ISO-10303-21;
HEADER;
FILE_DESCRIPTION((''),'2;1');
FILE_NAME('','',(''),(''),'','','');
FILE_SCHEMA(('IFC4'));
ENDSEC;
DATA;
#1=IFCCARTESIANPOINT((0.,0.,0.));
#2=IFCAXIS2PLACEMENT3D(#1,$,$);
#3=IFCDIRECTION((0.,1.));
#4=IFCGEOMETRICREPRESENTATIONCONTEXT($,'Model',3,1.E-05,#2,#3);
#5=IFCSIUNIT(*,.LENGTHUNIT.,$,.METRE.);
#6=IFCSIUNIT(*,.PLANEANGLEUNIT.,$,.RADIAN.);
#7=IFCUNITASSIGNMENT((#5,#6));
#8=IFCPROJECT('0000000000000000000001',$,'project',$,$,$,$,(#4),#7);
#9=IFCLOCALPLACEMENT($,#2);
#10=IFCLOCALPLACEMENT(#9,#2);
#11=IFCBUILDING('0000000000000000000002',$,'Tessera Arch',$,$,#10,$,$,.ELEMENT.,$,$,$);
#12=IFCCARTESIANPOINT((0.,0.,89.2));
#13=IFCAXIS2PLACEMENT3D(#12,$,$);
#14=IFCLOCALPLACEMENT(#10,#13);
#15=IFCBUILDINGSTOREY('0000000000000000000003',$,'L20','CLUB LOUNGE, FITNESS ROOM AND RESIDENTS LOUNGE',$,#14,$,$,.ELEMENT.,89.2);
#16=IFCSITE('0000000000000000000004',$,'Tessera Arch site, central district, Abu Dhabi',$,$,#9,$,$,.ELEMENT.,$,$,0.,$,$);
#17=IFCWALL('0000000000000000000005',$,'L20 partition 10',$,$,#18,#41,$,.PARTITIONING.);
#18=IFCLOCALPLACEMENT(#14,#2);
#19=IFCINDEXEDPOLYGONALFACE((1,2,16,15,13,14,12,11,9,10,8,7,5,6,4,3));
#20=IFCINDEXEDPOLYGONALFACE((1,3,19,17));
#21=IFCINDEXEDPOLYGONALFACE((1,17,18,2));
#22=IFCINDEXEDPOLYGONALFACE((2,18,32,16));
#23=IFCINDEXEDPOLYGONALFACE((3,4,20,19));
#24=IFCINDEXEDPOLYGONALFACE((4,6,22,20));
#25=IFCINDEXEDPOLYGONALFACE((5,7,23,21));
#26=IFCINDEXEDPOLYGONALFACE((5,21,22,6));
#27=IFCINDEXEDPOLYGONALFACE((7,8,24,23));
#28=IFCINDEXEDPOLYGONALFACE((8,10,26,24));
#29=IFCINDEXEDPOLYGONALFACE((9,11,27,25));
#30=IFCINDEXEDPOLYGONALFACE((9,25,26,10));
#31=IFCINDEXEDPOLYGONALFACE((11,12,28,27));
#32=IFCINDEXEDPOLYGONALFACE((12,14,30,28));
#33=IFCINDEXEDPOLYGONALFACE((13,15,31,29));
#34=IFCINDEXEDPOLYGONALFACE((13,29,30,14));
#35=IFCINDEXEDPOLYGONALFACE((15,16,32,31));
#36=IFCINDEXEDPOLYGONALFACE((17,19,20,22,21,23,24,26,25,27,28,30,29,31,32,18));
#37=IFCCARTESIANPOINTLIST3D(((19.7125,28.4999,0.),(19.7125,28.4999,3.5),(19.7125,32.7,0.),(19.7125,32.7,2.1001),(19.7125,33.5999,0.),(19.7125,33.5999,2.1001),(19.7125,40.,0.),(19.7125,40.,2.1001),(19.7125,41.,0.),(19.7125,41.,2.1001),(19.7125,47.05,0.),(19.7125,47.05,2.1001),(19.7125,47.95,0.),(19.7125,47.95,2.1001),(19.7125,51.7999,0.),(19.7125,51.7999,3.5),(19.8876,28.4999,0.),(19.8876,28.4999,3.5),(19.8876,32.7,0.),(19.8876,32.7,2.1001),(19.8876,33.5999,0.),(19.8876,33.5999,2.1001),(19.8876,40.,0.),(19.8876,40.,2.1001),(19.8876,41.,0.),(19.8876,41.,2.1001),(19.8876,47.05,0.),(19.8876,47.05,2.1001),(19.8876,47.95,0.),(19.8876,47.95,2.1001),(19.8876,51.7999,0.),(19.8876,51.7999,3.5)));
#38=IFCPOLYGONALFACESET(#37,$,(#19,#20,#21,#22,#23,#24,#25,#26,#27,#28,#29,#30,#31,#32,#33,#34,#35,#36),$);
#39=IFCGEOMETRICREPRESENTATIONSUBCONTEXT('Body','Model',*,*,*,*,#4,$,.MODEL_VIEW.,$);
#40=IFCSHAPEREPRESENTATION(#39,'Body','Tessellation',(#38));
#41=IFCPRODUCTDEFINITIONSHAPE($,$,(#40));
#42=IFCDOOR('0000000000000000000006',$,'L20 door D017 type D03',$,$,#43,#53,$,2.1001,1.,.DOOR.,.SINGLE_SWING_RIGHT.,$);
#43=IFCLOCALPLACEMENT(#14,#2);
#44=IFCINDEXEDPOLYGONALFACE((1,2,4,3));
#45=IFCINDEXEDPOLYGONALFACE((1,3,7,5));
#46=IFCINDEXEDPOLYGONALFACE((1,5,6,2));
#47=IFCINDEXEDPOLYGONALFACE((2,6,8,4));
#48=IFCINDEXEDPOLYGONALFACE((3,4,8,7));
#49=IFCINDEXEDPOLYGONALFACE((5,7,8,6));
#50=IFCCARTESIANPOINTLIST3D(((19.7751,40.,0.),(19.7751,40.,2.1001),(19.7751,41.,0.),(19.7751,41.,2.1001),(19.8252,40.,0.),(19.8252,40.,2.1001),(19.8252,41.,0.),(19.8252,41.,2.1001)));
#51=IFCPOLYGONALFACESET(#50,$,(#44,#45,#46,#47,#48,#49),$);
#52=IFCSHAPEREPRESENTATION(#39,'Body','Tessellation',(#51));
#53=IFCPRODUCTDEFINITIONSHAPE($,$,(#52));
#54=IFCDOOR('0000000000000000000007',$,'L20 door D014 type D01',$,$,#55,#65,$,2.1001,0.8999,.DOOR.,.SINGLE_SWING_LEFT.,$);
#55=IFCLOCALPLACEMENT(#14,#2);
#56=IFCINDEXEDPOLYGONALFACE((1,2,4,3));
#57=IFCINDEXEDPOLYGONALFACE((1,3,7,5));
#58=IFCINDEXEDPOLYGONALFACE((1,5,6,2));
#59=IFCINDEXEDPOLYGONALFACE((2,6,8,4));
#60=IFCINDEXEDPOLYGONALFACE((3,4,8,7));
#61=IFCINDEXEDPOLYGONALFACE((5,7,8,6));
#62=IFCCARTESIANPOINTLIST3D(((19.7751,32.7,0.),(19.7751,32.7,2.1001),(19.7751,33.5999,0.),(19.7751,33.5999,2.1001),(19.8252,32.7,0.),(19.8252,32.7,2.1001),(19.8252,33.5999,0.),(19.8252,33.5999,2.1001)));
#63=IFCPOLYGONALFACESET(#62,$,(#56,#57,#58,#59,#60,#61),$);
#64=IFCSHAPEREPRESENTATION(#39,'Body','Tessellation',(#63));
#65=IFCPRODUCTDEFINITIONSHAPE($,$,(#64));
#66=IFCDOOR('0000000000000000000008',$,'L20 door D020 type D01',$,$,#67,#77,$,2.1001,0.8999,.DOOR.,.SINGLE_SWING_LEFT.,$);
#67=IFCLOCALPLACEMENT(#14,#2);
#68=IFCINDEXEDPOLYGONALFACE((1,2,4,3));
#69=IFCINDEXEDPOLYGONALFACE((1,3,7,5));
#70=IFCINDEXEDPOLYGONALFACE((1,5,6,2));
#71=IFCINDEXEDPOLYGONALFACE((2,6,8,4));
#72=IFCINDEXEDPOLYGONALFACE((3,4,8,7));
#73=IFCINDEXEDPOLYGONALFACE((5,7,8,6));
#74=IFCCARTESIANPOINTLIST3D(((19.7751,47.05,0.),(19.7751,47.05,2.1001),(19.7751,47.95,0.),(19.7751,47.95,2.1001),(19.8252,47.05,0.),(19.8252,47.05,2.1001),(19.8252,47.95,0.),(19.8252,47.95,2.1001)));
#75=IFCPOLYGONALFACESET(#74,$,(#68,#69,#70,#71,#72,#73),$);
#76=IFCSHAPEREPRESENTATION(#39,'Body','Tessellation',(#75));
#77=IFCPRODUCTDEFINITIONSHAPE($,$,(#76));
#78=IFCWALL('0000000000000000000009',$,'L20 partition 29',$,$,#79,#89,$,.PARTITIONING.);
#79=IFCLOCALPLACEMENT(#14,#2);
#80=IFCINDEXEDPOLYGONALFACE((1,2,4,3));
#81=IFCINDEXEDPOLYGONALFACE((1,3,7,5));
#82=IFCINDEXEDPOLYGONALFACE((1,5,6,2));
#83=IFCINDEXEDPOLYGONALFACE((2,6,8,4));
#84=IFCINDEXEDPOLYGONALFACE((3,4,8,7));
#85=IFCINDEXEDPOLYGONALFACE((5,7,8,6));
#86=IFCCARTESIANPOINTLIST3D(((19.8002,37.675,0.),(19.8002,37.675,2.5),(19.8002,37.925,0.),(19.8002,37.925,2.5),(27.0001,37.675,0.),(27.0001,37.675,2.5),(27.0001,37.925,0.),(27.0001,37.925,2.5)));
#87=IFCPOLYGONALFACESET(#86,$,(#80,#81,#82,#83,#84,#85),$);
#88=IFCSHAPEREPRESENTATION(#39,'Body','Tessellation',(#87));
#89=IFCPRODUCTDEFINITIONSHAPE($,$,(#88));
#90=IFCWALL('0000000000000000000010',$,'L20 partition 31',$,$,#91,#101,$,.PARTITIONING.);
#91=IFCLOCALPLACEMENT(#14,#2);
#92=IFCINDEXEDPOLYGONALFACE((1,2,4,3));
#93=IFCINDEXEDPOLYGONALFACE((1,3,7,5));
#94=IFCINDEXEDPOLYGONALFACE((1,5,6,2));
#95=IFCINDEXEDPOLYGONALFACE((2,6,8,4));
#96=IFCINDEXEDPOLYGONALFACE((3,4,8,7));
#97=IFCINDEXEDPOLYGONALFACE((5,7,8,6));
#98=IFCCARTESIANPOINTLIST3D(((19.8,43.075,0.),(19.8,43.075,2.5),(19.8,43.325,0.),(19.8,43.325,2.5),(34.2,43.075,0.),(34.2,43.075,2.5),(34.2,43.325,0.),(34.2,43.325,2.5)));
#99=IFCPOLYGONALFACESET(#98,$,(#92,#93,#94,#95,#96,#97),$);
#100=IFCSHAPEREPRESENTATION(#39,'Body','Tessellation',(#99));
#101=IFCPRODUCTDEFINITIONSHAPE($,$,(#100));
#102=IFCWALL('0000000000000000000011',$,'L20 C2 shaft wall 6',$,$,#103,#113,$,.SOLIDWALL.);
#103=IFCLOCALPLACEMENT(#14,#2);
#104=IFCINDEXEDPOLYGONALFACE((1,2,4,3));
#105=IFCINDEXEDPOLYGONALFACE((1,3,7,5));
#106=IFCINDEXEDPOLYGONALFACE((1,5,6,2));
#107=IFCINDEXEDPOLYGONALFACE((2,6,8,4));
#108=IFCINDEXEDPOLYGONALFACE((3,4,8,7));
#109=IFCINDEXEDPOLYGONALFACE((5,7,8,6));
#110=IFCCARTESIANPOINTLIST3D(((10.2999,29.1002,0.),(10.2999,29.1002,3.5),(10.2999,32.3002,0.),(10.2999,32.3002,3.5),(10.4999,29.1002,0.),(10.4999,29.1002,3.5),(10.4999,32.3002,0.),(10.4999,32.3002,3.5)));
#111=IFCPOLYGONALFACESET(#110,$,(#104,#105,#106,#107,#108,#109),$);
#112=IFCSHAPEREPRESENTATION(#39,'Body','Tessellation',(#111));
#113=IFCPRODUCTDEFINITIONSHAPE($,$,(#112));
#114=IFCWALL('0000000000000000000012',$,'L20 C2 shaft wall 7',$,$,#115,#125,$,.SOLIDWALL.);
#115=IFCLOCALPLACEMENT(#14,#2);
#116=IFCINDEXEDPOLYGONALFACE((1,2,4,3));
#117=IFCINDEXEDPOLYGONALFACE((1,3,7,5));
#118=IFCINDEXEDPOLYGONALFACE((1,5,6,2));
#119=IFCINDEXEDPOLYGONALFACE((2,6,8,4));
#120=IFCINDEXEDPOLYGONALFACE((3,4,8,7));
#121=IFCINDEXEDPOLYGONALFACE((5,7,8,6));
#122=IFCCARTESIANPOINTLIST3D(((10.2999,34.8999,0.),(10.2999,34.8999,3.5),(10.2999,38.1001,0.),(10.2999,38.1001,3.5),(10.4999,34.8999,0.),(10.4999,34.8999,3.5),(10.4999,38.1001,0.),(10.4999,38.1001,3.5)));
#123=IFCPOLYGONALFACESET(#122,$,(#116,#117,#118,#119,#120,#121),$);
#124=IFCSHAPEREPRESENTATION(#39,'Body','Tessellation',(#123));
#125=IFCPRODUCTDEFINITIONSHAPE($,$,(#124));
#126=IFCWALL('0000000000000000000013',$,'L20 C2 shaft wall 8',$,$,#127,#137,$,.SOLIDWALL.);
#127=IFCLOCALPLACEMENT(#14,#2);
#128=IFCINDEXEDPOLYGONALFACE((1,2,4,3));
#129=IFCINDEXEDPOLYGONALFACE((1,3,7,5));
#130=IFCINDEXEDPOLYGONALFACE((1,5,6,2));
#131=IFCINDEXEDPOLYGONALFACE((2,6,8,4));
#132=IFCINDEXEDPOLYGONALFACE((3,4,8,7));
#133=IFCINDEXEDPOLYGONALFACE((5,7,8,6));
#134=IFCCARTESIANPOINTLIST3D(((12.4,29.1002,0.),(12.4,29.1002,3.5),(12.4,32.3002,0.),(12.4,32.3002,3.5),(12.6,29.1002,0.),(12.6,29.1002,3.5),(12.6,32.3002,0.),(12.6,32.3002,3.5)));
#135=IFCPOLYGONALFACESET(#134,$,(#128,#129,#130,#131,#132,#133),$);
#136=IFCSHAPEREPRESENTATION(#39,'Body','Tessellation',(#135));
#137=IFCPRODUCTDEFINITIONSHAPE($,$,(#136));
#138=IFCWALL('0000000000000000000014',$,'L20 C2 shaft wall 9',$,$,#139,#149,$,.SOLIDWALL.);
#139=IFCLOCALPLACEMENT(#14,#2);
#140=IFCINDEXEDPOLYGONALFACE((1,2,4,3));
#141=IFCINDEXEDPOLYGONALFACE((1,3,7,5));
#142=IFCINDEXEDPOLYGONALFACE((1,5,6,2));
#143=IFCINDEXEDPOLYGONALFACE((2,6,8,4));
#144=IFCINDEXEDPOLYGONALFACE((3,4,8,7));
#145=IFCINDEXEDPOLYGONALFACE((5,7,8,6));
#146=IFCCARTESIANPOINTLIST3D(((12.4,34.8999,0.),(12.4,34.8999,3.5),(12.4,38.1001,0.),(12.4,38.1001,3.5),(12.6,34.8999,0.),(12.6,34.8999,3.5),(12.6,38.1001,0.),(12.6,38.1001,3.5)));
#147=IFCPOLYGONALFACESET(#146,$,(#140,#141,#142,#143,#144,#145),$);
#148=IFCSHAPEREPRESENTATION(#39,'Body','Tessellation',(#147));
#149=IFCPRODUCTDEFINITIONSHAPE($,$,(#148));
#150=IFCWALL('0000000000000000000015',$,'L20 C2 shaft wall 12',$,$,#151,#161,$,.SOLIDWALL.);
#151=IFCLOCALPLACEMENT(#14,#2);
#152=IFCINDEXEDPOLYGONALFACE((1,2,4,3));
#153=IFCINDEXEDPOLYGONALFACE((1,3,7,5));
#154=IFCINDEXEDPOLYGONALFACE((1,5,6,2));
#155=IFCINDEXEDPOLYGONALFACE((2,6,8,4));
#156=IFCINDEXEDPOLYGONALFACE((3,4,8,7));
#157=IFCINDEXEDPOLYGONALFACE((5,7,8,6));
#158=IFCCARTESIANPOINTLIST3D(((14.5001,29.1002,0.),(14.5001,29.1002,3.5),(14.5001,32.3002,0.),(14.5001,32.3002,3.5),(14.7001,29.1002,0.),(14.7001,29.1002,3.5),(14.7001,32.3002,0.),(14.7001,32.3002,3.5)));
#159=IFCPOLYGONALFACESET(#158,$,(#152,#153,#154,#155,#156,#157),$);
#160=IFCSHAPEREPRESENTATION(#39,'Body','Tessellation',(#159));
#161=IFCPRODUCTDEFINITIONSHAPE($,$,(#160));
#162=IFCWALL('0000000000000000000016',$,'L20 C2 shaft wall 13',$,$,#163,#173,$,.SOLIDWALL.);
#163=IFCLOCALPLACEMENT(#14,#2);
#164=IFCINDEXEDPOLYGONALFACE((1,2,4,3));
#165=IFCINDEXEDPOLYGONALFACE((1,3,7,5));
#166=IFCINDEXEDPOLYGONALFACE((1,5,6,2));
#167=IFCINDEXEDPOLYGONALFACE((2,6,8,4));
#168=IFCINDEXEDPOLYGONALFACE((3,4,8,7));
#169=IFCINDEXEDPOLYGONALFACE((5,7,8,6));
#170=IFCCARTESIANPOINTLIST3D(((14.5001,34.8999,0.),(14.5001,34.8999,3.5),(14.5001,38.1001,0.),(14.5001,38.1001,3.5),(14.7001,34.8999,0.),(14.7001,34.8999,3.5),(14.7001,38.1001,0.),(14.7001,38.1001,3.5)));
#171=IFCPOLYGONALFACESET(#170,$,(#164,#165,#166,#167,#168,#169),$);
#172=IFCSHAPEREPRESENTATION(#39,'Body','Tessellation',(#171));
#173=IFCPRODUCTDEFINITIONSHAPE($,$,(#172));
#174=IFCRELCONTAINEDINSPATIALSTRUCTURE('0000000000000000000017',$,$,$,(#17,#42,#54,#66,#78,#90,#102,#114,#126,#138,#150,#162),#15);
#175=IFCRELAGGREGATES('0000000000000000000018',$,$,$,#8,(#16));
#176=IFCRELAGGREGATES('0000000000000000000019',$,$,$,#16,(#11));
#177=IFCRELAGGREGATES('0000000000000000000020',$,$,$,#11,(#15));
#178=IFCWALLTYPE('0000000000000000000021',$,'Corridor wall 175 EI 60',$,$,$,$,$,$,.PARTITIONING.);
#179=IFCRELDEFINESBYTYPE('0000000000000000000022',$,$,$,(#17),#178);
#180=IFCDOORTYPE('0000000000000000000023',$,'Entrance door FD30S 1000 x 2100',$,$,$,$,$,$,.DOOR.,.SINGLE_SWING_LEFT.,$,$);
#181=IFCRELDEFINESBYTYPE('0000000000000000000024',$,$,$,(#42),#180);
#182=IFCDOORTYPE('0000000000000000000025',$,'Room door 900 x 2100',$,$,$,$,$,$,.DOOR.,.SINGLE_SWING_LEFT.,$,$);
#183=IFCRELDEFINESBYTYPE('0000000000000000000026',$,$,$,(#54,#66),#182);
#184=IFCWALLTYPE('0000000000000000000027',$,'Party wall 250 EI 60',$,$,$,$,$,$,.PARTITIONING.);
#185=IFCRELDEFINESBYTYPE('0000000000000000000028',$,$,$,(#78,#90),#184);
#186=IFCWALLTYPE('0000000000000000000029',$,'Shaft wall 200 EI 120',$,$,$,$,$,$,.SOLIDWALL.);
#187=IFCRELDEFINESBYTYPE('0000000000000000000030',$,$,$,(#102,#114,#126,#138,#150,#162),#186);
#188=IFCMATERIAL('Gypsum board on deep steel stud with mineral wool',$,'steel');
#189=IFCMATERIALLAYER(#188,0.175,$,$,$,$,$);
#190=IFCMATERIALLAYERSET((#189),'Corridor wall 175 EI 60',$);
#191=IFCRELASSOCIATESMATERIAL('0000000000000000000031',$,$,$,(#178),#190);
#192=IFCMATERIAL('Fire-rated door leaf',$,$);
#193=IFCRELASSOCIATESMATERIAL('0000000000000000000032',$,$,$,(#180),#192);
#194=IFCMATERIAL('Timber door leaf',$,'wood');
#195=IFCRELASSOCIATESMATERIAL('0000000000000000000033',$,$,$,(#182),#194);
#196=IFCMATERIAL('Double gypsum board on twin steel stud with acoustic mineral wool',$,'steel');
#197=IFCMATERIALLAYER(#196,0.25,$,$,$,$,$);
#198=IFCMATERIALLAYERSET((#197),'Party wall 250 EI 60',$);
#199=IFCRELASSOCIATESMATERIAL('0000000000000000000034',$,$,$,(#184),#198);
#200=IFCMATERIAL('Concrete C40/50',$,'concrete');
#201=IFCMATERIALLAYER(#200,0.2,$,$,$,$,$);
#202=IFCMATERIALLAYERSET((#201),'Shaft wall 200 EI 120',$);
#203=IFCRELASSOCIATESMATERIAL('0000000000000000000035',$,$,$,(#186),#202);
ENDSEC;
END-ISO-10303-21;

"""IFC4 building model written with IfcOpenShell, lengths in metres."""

from ifc_helpers import new_model, si_unit, direction, frame, frame_2d, origin, place, context, subcontext, project, spatial, rectangle, extrude, material, layer, layer_set, type_object, element, fill, save


model = new_model("IFC4")

# Units and contexts
model_context = context("Model", 3, precision=1e-05, world=origin(), true_north=direction((0.0, 1.0)))
body_context = subcontext(model_context, "Body", "Model", "MODEL_VIEW")
ifc_project = project(units=[si_unit("LENGTHUNIT", "METRE"), si_unit("PLANEANGLEUNIT", "RADIAN")], contexts=[model_context])

# Site, building, storey
site_placement = place(None, origin())
site = spatial("IfcSite", under=ifc_project, at=site_placement, Name="Tessera Arch site, central district, Abu Dhabi", CompositionType="ELEMENT", RefElevation=0.0)
building_placement = place(site_placement, origin())
building = spatial("IfcBuilding", under=site, at=building_placement, Name="Tessera Arch", CompositionType="ELEMENT")
storey_placement = place(building_placement, frame((0.0, 0.0, 89.2)))
storey = spatial("IfcBuildingStorey", under=building, at=storey_placement, Name="L20", Description="CLUB LOUNGE, FITNESS ROOM AND RESIDENTS LOUNGE", CompositionType="ELEMENT", Elevation=89.2)

# Shared definitions
ifc_material_1 = material(Name="Gypsum board on deep steel stud with mineral wool", Category="steel")
ifc_layer_1 = layer(ifc_material_1, 0.175)
ifc_layer_set_1 = layer_set([ifc_layer_1], Name="Corridor wall 175 EI 60")
wall_type_1 = type_object("IfcWallType", Name="Corridor wall 175 EI 60", PredefinedType="PARTITIONING", material=ifc_layer_set_1)

# Wall, openings, doors
wall_1_placement = place(storey_placement, frame((19.8, 28.5, 0.0), z_axis=(0.0, 0.0, 1.0), x_axis=(0.0, 1.0, 0.0)))
wall_1 = element("IfcWall", 1, at=wall_1_placement, inside=storey, type_object=wall_type_1, Name="L20 partition 10", PredefinedType="PARTITIONING", context=body_context, shape_type="SweptSolid", body=[
    extrude(rectangle(XDim=23.3, YDim=0.175, at=frame_2d((11.6499, 0.0))), origin(), (0.0, 0.0, 1.0), 3.5),
])
opening_1_placement = place(wall_1_placement, frame((4.2, 0.0, 0.0)))
opening_1 = element("IfcOpeningElement", 2, at=opening_1_placement, cuts=wall_1, PredefinedType="OPENING", context=body_context, shape_type="SweptSolid", body=[
    extrude(rectangle(XDim=0.8999, YDim=2.1001, at=frame_2d((0.45, 1.05))), frame((0.0, 0.0974, 0.0), z_axis=(0.0, -1.0, 0.0), x_axis=(1.0, 0.0, 0.0)), (0.0, 0.0, 1.0), 0.1951),
])
opening_2_placement = place(wall_1_placement, frame((11.5, 0.0, 0.0)))
opening_2 = element("IfcOpeningElement", 3, at=opening_2_placement, cuts=wall_1, PredefinedType="OPENING", context=body_context, shape_type="SweptSolid", body=[
    extrude(rectangle(XDim=1.0, YDim=2.1001, at=frame_2d((0.5, 1.05))), frame((0.0, 0.0974, 0.0), z_axis=(0.0, -1.0, 0.0), x_axis=(1.0, 0.0, 0.0)), (0.0, 0.0, 1.0), 0.1951),
])
opening_3_placement = place(wall_1_placement, frame((18.55, 0.0, 0.0)))
opening_3 = element("IfcOpeningElement", 4, at=opening_3_placement, cuts=wall_1, PredefinedType="OPENING", context=body_context, shape_type="SweptSolid", body=[
    extrude(rectangle(XDim=0.8999, YDim=2.1001, at=frame_2d((0.45, 1.05))), frame((0.0, 0.0974, 0.0), z_axis=(0.0, -1.0, 0.0), x_axis=(1.0, 0.0, 0.0)), (0.0, 0.0, 1.0), 0.1951),
])
ifc_material_2 = material(Name="Fire-rated door leaf")
door_type_1 = type_object("IfcDoorType", Name="Entrance door FD30S 1000 x 2100", OperationType="SINGLE_SWING_LEFT", PredefinedType="DOOR", material=ifc_material_2)
door_1_placement = place(opening_2_placement, origin())
door_1 = element("IfcDoor", 5, at=door_1_placement, inside=storey, type_object=door_type_1, Name="L20 door D017 type D03", OperationType="SINGLE_SWING_RIGHT", OverallHeight=2.1001, OverallWidth=1.0, PredefinedType="DOOR", context=body_context, shape_type="SweptSolid", body=[
    extrude(rectangle(XDim=1.0, YDim=2.1001, at=frame_2d((0.5, 1.05))), frame((0.0, 0.0249, 0.0), z_axis=(0.0, -1.0, 0.0), x_axis=(1.0, 0.0, 0.0)), (0.0, 0.0, 1.0), 0.05),
])
fill(opening_2, door_1)
ifc_material_3 = material(Name="Timber door leaf", Category="wood")
door_type_2 = type_object("IfcDoorType", Name="Room door 900 x 2100", OperationType="SINGLE_SWING_LEFT", PredefinedType="DOOR", material=ifc_material_3)
door_2_placement = place(opening_1_placement, origin())
door_2 = element("IfcDoor", 6, at=door_2_placement, inside=storey, type_object=door_type_2, Name="L20 door D014 type D01", OperationType="SINGLE_SWING_LEFT", OverallHeight=2.1001, OverallWidth=0.8999, PredefinedType="DOOR", context=body_context, shape_type="SweptSolid", body=[
    extrude(rectangle(XDim=0.8999, YDim=2.1001, at=frame_2d((0.45, 1.05))), frame((0.0, 0.0249, 0.0), z_axis=(0.0, -1.0, 0.0), x_axis=(1.0, 0.0, 0.0)), (0.0, 0.0, 1.0), 0.05),
])
fill(opening_1, door_2)
door_3_placement = place(opening_3_placement, origin())
door_3 = element("IfcDoor", 7, at=door_3_placement, inside=storey, type_object=door_type_2, Name="L20 door D020 type D01", OperationType="SINGLE_SWING_LEFT", OverallHeight=2.1001, OverallWidth=0.8999, PredefinedType="DOOR", context=body_context, shape_type="SweptSolid", body=[
    extrude(rectangle(XDim=0.8999, YDim=2.1001, at=frame_2d((0.45, 1.05))), frame((0.0, 0.0249, 0.0), z_axis=(0.0, -1.0, 0.0), x_axis=(1.0, 0.0, 0.0)), (0.0, 0.0, 1.0), 0.05),
])
fill(opening_3, door_3)

# Walls
ifc_material_4 = material(Name="Double gypsum board on twin steel stud with acoustic mineral wool", Category="steel")
ifc_layer_2 = layer(ifc_material_4, 0.25)
ifc_layer_set_2 = layer_set([ifc_layer_2], Name="Party wall 250 EI 60")
wall_type_2 = type_object("IfcWallType", Name="Party wall 250 EI 60", PredefinedType="PARTITIONING", material=ifc_layer_set_2)
wall_2_placement = place(storey_placement, frame((19.8, 37.8, 0.0), z_axis=(0.0, 0.0, 1.0), x_axis=(1.0, 0.0, 0.0)))
element("IfcWall", 8, at=wall_2_placement, inside=storey, type_object=wall_type_2, Name="L20 partition 29", PredefinedType="PARTITIONING", context=body_context, shape_type="SweptSolid", body=[
    extrude(rectangle(XDim=7.2, YDim=0.25, at=frame_2d((3.6001, 0.0))), origin(), (0.0, 0.0, 1.0), 2.5),
])
wall_3_placement = place(storey_placement, frame((19.8, 43.2, 0.0), z_axis=(0.0, 0.0, 1.0), x_axis=(1.0, 0.0, 0.0)))
element("IfcWall", 9, at=wall_3_placement, inside=storey, type_object=wall_type_2, Name="L20 partition 31", PredefinedType="PARTITIONING", context=body_context, shape_type="SweptSolid", body=[
    extrude(rectangle(XDim=14.3999, YDim=0.25, at=frame_2d((7.2, 0.0))), origin(), (0.0, 0.0, 1.0), 2.5),
])
ifc_material_5 = material(Name="Concrete C40/50", Category="concrete")
ifc_layer_3 = layer(ifc_material_5, 0.2)
ifc_layer_set_3 = layer_set([ifc_layer_3], Name="Shaft wall 200 EI 120")
wall_type_3 = type_object("IfcWallType", Name="Shaft wall 200 EI 120", PredefinedType="SOLIDWALL", material=ifc_layer_set_3)
wall_4_placement = place(storey_placement, frame((10.3999, 29.1001, 0.0), z_axis=(0.0, 0.0, 1.0), x_axis=(0.0, 1.0, 0.0)))
element("IfcWall", 10, at=wall_4_placement, inside=storey, type_object=wall_type_3, Name="L20 C2 shaft wall 6", PredefinedType="SOLIDWALL", context=body_context, shape_type="SweptSolid", body=[
    extrude(rectangle(XDim=3.2, YDim=0.2, at=frame_2d((1.6001, 0.0))), origin(), (0.0, 0.0, 1.0), 3.5),
])
wall_5_placement = place(storey_placement, frame((10.3999, 34.8999, 0.0), z_axis=(0.0, 0.0, 1.0), x_axis=(0.0, 1.0, 0.0)))
element("IfcWall", 11, at=wall_5_placement, inside=storey, type_object=wall_type_3, Name="L20 C2 shaft wall 7", PredefinedType="SOLIDWALL", context=body_context, shape_type="SweptSolid", body=[
    extrude(rectangle(XDim=3.2002, YDim=0.2, at=frame_2d((1.6001, 0.0))), origin(), (0.0, 0.0, 1.0), 3.5),
])
wall_6_placement = place(storey_placement, frame((12.5, 29.1001, 0.0), z_axis=(0.0, 0.0, 1.0), x_axis=(0.0, 1.0, 0.0)))
element("IfcWall", 12, at=wall_6_placement, inside=storey, type_object=wall_type_3, Name="L20 C2 shaft wall 8", PredefinedType="SOLIDWALL", context=body_context, shape_type="SweptSolid", body=[
    extrude(rectangle(XDim=3.2, YDim=0.2, at=frame_2d((1.6001, 0.0))), origin(), (0.0, 0.0, 1.0), 3.5),
])
wall_7_placement = place(storey_placement, frame((12.5, 34.8999, 0.0), z_axis=(0.0, 0.0, 1.0), x_axis=(0.0, 1.0, 0.0)))
element("IfcWall", 13, at=wall_7_placement, inside=storey, type_object=wall_type_3, Name="L20 C2 shaft wall 9", PredefinedType="SOLIDWALL", context=body_context, shape_type="SweptSolid", body=[
    extrude(rectangle(XDim=3.2002, YDim=0.2, at=frame_2d((1.6001, 0.0))), origin(), (0.0, 0.0, 1.0), 3.5),
])
wall_8_placement = place(storey_placement, frame((14.6001, 29.1001, 0.0), z_axis=(0.0, 0.0, 1.0), x_axis=(0.0, 1.0, 0.0)))
element("IfcWall", 14, at=wall_8_placement, inside=storey, type_object=wall_type_3, Name="L20 C2 shaft wall 12", PredefinedType="SOLIDWALL", context=body_context, shape_type="SweptSolid", body=[
    extrude(rectangle(XDim=3.2, YDim=0.2, at=frame_2d((1.6001, 0.0))), origin(), (0.0, 0.0, 1.0), 3.5),
])
wall_9_placement = place(storey_placement, frame((14.6001, 34.8999, 0.0), z_axis=(0.0, 0.0, 1.0), x_axis=(0.0, 1.0, 0.0)))
element("IfcWall", 15, at=wall_9_placement, inside=storey, type_object=wall_type_3, Name="L20 C2 shaft wall 13", PredefinedType="SOLIDWALL", context=body_context, shape_type="SweptSolid", body=[
    extrude(rectangle(XDim=3.2002, YDim=0.2, at=frame_2d((1.6001, 0.0))), origin(), (0.0, 0.0, 1.0), 3.5),
])

save(model, "model.ifc")
